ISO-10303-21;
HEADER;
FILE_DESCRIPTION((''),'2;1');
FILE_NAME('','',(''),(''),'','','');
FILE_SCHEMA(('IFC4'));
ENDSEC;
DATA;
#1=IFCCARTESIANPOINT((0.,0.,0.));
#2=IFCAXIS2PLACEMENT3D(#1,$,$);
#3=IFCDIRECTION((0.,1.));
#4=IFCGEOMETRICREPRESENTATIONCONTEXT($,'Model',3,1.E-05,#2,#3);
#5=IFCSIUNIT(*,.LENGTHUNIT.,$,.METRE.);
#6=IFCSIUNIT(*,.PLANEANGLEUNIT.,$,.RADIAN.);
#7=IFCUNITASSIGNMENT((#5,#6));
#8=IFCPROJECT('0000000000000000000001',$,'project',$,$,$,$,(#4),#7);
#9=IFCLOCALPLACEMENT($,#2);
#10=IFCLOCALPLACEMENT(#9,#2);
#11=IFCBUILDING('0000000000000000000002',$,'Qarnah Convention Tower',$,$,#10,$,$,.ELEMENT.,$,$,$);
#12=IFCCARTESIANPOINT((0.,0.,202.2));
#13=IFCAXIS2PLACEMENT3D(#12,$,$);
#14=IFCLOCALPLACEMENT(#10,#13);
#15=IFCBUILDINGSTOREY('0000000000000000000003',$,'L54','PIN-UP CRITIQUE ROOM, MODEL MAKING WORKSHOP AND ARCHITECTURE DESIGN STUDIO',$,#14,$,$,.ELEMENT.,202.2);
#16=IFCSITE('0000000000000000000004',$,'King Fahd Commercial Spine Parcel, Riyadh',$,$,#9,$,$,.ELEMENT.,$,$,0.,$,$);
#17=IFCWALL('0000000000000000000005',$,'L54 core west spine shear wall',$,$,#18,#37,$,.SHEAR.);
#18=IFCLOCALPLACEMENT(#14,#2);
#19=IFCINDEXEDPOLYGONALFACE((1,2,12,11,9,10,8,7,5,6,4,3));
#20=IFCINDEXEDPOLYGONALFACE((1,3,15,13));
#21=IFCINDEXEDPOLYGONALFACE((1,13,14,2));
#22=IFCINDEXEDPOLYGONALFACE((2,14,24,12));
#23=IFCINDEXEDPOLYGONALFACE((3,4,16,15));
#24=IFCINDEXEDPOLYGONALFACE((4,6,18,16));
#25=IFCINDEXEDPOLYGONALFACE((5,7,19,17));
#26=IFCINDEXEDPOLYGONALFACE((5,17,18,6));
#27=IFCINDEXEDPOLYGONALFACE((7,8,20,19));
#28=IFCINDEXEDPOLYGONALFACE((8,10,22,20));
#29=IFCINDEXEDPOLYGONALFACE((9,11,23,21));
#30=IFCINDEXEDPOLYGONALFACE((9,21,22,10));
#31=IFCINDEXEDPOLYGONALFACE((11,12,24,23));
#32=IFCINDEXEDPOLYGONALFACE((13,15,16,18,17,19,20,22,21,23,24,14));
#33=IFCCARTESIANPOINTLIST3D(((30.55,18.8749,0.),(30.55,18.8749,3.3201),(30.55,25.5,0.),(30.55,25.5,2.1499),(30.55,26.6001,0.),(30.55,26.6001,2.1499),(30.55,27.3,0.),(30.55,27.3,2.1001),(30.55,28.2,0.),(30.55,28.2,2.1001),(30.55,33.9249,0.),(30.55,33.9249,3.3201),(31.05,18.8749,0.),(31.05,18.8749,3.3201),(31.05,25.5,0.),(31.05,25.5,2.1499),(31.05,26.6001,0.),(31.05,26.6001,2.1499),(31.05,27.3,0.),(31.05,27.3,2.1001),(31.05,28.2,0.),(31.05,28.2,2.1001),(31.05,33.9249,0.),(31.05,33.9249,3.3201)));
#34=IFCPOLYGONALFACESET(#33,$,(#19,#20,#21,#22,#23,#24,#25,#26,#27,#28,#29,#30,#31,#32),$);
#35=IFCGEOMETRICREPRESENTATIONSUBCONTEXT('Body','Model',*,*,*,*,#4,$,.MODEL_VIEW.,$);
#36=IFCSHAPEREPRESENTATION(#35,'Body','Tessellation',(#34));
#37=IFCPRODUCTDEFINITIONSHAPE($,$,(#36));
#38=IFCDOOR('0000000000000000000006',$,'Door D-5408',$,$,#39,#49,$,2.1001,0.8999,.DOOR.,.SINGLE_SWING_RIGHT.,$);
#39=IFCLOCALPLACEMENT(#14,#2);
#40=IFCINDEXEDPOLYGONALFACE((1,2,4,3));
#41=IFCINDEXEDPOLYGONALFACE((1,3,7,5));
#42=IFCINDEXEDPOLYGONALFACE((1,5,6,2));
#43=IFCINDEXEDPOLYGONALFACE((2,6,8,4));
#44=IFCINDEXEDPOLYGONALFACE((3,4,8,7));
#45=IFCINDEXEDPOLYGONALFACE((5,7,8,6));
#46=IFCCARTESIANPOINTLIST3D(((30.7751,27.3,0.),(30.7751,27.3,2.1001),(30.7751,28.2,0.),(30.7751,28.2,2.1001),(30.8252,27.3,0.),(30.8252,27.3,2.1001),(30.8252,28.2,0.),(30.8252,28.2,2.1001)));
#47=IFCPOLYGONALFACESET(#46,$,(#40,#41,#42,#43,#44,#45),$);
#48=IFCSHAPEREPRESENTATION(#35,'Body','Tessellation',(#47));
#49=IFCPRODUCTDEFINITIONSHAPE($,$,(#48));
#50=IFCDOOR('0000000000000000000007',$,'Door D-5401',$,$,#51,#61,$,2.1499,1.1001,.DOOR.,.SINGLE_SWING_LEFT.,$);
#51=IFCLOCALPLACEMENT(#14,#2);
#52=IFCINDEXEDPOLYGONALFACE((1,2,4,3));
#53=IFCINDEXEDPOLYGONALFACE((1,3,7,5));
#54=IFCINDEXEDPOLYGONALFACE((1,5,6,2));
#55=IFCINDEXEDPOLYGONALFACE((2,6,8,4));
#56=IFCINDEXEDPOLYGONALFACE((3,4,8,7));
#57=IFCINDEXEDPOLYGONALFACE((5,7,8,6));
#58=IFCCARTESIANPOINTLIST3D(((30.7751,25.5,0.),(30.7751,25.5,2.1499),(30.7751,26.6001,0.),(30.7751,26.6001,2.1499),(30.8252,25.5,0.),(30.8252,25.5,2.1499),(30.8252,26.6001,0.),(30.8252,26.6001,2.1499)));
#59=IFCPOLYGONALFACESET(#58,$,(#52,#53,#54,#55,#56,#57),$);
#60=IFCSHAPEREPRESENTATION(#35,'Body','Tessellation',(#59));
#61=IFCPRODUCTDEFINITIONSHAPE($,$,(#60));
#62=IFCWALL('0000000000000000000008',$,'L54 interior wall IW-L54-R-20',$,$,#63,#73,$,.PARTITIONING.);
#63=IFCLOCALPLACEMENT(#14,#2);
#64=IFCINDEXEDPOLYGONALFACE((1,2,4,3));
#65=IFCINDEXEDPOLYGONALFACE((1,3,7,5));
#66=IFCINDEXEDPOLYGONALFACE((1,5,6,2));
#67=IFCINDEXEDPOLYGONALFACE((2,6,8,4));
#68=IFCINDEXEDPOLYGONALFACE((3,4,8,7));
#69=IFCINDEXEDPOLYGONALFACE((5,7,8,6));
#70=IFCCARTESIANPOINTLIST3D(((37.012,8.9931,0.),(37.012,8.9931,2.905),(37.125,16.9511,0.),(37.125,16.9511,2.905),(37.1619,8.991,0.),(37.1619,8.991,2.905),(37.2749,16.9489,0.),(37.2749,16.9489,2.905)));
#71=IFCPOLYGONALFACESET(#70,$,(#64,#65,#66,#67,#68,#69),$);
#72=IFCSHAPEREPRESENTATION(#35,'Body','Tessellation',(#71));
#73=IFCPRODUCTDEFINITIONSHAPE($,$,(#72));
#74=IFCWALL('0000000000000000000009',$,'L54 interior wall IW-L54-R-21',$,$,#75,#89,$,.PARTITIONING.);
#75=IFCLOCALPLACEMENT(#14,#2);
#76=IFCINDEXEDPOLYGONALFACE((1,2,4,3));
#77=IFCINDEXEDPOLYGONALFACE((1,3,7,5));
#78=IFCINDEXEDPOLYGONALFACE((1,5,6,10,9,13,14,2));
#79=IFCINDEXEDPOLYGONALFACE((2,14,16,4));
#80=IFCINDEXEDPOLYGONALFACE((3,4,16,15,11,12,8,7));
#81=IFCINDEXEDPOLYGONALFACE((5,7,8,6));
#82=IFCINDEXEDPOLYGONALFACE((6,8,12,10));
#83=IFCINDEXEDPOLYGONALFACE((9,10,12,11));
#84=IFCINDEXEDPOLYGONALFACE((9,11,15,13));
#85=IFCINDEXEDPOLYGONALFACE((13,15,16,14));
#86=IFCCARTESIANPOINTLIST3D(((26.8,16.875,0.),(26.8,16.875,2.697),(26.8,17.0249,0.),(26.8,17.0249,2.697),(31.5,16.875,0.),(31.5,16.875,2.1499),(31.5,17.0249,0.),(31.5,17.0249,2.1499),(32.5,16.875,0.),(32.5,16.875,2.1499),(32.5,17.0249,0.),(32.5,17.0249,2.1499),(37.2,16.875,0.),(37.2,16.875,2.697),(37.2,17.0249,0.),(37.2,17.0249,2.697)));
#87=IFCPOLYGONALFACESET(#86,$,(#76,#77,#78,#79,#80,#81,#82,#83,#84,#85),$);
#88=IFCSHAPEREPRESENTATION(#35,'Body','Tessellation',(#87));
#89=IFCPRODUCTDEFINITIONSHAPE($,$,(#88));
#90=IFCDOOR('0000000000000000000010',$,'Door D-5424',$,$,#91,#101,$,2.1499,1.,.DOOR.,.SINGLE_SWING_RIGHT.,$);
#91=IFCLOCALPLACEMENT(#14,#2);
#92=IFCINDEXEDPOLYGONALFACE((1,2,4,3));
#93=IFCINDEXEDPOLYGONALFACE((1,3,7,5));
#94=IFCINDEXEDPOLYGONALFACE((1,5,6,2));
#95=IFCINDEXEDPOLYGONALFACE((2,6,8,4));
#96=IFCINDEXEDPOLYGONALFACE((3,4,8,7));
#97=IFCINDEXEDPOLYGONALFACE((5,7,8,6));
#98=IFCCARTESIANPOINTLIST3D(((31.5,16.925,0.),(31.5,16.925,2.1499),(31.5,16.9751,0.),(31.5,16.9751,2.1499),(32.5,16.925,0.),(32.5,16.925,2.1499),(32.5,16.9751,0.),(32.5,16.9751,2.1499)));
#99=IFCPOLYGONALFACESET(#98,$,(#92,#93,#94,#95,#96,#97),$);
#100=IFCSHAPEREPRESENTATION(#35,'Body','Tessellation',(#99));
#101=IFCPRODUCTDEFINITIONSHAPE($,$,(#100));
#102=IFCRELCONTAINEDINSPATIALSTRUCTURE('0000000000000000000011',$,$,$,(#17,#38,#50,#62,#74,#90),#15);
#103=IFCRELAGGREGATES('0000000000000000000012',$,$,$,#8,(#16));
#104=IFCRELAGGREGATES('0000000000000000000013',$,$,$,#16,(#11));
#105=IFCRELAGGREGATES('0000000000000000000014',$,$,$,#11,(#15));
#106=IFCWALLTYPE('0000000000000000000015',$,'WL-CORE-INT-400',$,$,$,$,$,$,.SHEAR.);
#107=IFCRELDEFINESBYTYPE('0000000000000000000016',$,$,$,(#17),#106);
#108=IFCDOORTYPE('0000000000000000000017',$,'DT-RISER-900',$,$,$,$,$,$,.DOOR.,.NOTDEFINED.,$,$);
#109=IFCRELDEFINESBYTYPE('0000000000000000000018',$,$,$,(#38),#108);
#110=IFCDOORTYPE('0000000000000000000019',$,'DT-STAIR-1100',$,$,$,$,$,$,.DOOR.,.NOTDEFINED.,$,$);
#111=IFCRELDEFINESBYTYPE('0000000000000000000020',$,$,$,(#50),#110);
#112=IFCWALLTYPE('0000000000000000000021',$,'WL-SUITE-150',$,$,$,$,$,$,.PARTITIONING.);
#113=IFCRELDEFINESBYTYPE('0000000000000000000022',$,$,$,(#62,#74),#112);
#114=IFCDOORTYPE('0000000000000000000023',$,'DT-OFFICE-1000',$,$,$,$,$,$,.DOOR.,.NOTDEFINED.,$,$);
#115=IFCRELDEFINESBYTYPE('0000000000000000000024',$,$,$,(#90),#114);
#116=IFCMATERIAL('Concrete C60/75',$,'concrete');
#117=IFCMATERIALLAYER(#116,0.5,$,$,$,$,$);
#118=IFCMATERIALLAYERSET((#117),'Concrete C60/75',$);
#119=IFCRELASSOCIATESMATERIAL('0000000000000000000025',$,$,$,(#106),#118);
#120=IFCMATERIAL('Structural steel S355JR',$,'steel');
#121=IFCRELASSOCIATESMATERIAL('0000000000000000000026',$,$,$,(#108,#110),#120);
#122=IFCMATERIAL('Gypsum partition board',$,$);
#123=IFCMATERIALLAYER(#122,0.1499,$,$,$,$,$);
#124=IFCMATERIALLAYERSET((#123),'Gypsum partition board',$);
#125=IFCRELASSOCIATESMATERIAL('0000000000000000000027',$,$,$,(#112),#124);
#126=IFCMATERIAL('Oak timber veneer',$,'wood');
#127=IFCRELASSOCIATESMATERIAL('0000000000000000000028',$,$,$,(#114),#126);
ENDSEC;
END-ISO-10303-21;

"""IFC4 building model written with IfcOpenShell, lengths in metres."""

from ifc_helpers import new_model, si_unit, direction, frame, frame_2d, origin, place, context, subcontext, project, spatial, rectangle, extrude, material, layer, layer_set, type_object, element, fill, save


model = new_model("IFC4")

# Units and contexts
model_context = context("Model", 3, precision=1e-05, world=origin(), true_north=direction((0.0, 1.0)))
body_context = subcontext(model_context, "Body", "Model", "MODEL_VIEW")
ifc_project = project(units=[si_unit("LENGTHUNIT", "METRE"), si_unit("PLANEANGLEUNIT", "RADIAN")], contexts=[model_context])

# Site, building, storey
site_placement = place(None, origin())
site = spatial("IfcSite", under=ifc_project, at=site_placement, Name="King Fahd Commercial Spine Parcel, Riyadh", CompositionType="ELEMENT", RefElevation=0.0)
building_placement = place(site_placement, origin())
building = spatial("IfcBuilding", under=site, at=building_placement, Name="Qarnah Convention Tower", CompositionType="ELEMENT")
storey_placement = place(building_placement, frame((0.0, 0.0, 202.2)))
storey = spatial("IfcBuildingStorey", under=building, at=storey_placement, Name="L54", Description="PIN-UP CRITIQUE ROOM, MODEL MAKING WORKSHOP AND ARCHITECTURE DESIGN STUDIO", CompositionType="ELEMENT", Elevation=202.2)

# Shared definitions
ifc_material_1 = material(Name="Structural steel S355JR", Category="steel")

# Wall, openings, doors
ifc_material_2 = material(Name="Concrete C60/75", Category="concrete")
ifc_layer_1 = layer(ifc_material_2, 0.5)
ifc_layer_set_1 = layer_set([ifc_layer_1], Name="Concrete C60/75")
wall_type_1 = type_object("IfcWallType", Name="WL-CORE-INT-400", PredefinedType="SHEAR", material=ifc_layer_set_1)
wall_1_placement = place(storey_placement, frame((30.8, 18.875, 0.0), z_axis=(0.0, 0.0, 1.0), x_axis=(0.0, 1.0, 0.0)))
wall_1 = element("IfcWall", 1, at=wall_1_placement, inside=storey, type_object=wall_type_1, Name="L54 core west spine shear wall", PredefinedType="SHEAR", context=body_context, shape_type="SweptSolid", body=[
    extrude(rectangle(XDim=15.05, YDim=0.5, at=frame_2d((7.5249, 0.0))), origin(), (0.0, 0.0, 1.0), 3.3201),
])
opening_1_placement = place(wall_1_placement, frame((6.625, 0.0, 0.0)))
opening_1 = element("IfcOpeningElement", 2, at=opening_1_placement, cuts=wall_1, PredefinedType="OPENING", context=body_context, shape_type="SweptSolid", body=[
    extrude(rectangle(XDim=1.1001, YDim=2.1499, at=frame_2d((0.55, 1.075))), frame((0.0, 0.26, 0.0), z_axis=(0.0, -1.0, 0.0), x_axis=(1.0, 0.0, 0.0)), (0.0, 0.0, 1.0), 0.52),
])
opening_2_placement = place(wall_1_placement, frame((8.425, 0.0, 0.0)))
opening_2 = element("IfcOpeningElement", 3, at=opening_2_placement, cuts=wall_1, PredefinedType="OPENING", context=body_context, shape_type="SweptSolid", body=[
    extrude(rectangle(XDim=0.8999, YDim=2.1001, at=frame_2d((0.45, 1.05))), frame((0.0, 0.26, 0.0), z_axis=(0.0, -1.0, 0.0), x_axis=(1.0, 0.0, 0.0)), (0.0, 0.0, 1.0), 0.52),
])
door_type_1 = type_object("IfcDoorType", Name="DT-RISER-900", OperationType="NOTDEFINED", PredefinedType="DOOR", material=ifc_material_1)
door_1_placement = place(opening_2_placement, origin())
door_1 = element("IfcDoor", 4, at=door_1_placement, inside=storey, type_object=door_type_1, Name="Door D-5408", OperationType="SINGLE_SWING_RIGHT", OverallHeight=2.1001, OverallWidth=0.8999, PredefinedType="DOOR", context=body_context, shape_type="SweptSolid", body=[
    extrude(rectangle(XDim=0.8999, YDim=2.1001, at=frame_2d((0.45, 1.05))), frame((0.0, 0.0249, 0.0), z_axis=(0.0, -1.0, 0.0), x_axis=(1.0, 0.0, 0.0)), (0.0, 0.0, 1.0), 0.05),
])
fill(opening_2, door_1)
door_type_2 = type_object("IfcDoorType", Name="DT-STAIR-1100", OperationType="NOTDEFINED", PredefinedType="DOOR", material=ifc_material_1)
door_2_placement = place(opening_1_placement, origin())
door_2 = element("IfcDoor", 5, at=door_2_placement, inside=storey, type_object=door_type_2, Name="Door D-5401", OperationType="SINGLE_SWING_LEFT", OverallHeight=2.1499, OverallWidth=1.1001, PredefinedType="DOOR", context=body_context, shape_type="SweptSolid", body=[
    extrude(rectangle(XDim=1.1001, YDim=2.1499, at=frame_2d((0.55, 1.075))), frame((0.0, 0.0249, 0.0), z_axis=(0.0, -1.0, 0.0), x_axis=(1.0, 0.0, 0.0)), (0.0, 0.0, 1.0), 0.05),
])
fill(opening_1, door_2)

# Wall
ifc_material_3 = material(Name="Gypsum partition board")
ifc_layer_2 = layer(ifc_material_3, 0.1499)
ifc_layer_set_2 = layer_set([ifc_layer_2], Name="Gypsum partition board")
wall_type_2 = type_object("IfcWallType", Name="WL-SUITE-150", PredefinedType="PARTITIONING", material=ifc_layer_set_2)
wall_2_placement = place(storey_placement, frame((37.0869, 8.9919, 0.0), z_axis=(0.0, 0.0, 1.0), x_axis=(0.014203, 0.999899, 0.0)))
element("IfcWall", 6, at=wall_2_placement, inside=storey, type_object=wall_type_2, Name="L54 interior wall IW-L54-R-20", PredefinedType="PARTITIONING", context=body_context, shape_type="SweptSolid", body=[
    extrude(rectangle(XDim=7.9587, YDim=0.1499, at=frame_2d((3.9795, 0.0))), origin(), (0.0, 0.0, 1.0), 2.905),
])

# Wall, opening, door
wall_3_placement = place(storey_placement, frame((37.2, 16.95, 0.0), z_axis=(0.0, 0.0, 1.0), x_axis=(-1.0, 0.0, 0.0)))
wall_3 = element("IfcWall", 7, at=wall_3_placement, inside=storey, type_object=wall_type_2, Name="L54 interior wall IW-L54-R-21", PredefinedType="PARTITIONING", context=body_context, shape_type="SweptSolid", body=[
    extrude(rectangle(XDim=10.3999, YDim=0.1499, at=frame_2d((5.2, 0.0))), origin(), (0.0, 0.0, 1.0), 2.697),
])
opening_3_placement = place(wall_3_placement, frame((4.7, 0.0, 0.0)))
opening_3 = element("IfcOpeningElement", 8, at=opening_3_placement, cuts=wall_3, PredefinedType="OPENING", context=body_context, shape_type="SweptSolid", body=[
    extrude(rectangle(XDim=1.0, YDim=2.1499, at=frame_2d((0.5, 1.075))), frame((0.0, 0.085, 0.0), z_axis=(0.0, -1.0, 0.0), x_axis=(1.0, 0.0, 0.0)), (0.0, 0.0, 1.0), 0.1699),
])
ifc_material_4 = material(Name="Oak timber veneer", Category="wood")
door_type_3 = type_object("IfcDoorType", Name="DT-OFFICE-1000", OperationType="NOTDEFINED", PredefinedType="DOOR", material=ifc_material_4)
door_3_placement = place(opening_3_placement, origin())
door_3 = element("IfcDoor", 9, at=door_3_placement, inside=storey, type_object=door_type_3, Name="Door D-5424", OperationType="SINGLE_SWING_RIGHT", OverallHeight=2.1499, OverallWidth=1.0, PredefinedType="DOOR", context=body_context, shape_type="SweptSolid", body=[
    extrude(rectangle(XDim=1.0, YDim=2.1499, at=frame_2d((0.5, 1.075))), frame((0.0, 0.0249, 0.0), z_axis=(0.0, -1.0, 0.0), x_axis=(1.0, 0.0, 0.0)), (0.0, 0.0, 1.0), 0.05),
])
fill(opening_3, door_3)

save(model, "model.ifc")
